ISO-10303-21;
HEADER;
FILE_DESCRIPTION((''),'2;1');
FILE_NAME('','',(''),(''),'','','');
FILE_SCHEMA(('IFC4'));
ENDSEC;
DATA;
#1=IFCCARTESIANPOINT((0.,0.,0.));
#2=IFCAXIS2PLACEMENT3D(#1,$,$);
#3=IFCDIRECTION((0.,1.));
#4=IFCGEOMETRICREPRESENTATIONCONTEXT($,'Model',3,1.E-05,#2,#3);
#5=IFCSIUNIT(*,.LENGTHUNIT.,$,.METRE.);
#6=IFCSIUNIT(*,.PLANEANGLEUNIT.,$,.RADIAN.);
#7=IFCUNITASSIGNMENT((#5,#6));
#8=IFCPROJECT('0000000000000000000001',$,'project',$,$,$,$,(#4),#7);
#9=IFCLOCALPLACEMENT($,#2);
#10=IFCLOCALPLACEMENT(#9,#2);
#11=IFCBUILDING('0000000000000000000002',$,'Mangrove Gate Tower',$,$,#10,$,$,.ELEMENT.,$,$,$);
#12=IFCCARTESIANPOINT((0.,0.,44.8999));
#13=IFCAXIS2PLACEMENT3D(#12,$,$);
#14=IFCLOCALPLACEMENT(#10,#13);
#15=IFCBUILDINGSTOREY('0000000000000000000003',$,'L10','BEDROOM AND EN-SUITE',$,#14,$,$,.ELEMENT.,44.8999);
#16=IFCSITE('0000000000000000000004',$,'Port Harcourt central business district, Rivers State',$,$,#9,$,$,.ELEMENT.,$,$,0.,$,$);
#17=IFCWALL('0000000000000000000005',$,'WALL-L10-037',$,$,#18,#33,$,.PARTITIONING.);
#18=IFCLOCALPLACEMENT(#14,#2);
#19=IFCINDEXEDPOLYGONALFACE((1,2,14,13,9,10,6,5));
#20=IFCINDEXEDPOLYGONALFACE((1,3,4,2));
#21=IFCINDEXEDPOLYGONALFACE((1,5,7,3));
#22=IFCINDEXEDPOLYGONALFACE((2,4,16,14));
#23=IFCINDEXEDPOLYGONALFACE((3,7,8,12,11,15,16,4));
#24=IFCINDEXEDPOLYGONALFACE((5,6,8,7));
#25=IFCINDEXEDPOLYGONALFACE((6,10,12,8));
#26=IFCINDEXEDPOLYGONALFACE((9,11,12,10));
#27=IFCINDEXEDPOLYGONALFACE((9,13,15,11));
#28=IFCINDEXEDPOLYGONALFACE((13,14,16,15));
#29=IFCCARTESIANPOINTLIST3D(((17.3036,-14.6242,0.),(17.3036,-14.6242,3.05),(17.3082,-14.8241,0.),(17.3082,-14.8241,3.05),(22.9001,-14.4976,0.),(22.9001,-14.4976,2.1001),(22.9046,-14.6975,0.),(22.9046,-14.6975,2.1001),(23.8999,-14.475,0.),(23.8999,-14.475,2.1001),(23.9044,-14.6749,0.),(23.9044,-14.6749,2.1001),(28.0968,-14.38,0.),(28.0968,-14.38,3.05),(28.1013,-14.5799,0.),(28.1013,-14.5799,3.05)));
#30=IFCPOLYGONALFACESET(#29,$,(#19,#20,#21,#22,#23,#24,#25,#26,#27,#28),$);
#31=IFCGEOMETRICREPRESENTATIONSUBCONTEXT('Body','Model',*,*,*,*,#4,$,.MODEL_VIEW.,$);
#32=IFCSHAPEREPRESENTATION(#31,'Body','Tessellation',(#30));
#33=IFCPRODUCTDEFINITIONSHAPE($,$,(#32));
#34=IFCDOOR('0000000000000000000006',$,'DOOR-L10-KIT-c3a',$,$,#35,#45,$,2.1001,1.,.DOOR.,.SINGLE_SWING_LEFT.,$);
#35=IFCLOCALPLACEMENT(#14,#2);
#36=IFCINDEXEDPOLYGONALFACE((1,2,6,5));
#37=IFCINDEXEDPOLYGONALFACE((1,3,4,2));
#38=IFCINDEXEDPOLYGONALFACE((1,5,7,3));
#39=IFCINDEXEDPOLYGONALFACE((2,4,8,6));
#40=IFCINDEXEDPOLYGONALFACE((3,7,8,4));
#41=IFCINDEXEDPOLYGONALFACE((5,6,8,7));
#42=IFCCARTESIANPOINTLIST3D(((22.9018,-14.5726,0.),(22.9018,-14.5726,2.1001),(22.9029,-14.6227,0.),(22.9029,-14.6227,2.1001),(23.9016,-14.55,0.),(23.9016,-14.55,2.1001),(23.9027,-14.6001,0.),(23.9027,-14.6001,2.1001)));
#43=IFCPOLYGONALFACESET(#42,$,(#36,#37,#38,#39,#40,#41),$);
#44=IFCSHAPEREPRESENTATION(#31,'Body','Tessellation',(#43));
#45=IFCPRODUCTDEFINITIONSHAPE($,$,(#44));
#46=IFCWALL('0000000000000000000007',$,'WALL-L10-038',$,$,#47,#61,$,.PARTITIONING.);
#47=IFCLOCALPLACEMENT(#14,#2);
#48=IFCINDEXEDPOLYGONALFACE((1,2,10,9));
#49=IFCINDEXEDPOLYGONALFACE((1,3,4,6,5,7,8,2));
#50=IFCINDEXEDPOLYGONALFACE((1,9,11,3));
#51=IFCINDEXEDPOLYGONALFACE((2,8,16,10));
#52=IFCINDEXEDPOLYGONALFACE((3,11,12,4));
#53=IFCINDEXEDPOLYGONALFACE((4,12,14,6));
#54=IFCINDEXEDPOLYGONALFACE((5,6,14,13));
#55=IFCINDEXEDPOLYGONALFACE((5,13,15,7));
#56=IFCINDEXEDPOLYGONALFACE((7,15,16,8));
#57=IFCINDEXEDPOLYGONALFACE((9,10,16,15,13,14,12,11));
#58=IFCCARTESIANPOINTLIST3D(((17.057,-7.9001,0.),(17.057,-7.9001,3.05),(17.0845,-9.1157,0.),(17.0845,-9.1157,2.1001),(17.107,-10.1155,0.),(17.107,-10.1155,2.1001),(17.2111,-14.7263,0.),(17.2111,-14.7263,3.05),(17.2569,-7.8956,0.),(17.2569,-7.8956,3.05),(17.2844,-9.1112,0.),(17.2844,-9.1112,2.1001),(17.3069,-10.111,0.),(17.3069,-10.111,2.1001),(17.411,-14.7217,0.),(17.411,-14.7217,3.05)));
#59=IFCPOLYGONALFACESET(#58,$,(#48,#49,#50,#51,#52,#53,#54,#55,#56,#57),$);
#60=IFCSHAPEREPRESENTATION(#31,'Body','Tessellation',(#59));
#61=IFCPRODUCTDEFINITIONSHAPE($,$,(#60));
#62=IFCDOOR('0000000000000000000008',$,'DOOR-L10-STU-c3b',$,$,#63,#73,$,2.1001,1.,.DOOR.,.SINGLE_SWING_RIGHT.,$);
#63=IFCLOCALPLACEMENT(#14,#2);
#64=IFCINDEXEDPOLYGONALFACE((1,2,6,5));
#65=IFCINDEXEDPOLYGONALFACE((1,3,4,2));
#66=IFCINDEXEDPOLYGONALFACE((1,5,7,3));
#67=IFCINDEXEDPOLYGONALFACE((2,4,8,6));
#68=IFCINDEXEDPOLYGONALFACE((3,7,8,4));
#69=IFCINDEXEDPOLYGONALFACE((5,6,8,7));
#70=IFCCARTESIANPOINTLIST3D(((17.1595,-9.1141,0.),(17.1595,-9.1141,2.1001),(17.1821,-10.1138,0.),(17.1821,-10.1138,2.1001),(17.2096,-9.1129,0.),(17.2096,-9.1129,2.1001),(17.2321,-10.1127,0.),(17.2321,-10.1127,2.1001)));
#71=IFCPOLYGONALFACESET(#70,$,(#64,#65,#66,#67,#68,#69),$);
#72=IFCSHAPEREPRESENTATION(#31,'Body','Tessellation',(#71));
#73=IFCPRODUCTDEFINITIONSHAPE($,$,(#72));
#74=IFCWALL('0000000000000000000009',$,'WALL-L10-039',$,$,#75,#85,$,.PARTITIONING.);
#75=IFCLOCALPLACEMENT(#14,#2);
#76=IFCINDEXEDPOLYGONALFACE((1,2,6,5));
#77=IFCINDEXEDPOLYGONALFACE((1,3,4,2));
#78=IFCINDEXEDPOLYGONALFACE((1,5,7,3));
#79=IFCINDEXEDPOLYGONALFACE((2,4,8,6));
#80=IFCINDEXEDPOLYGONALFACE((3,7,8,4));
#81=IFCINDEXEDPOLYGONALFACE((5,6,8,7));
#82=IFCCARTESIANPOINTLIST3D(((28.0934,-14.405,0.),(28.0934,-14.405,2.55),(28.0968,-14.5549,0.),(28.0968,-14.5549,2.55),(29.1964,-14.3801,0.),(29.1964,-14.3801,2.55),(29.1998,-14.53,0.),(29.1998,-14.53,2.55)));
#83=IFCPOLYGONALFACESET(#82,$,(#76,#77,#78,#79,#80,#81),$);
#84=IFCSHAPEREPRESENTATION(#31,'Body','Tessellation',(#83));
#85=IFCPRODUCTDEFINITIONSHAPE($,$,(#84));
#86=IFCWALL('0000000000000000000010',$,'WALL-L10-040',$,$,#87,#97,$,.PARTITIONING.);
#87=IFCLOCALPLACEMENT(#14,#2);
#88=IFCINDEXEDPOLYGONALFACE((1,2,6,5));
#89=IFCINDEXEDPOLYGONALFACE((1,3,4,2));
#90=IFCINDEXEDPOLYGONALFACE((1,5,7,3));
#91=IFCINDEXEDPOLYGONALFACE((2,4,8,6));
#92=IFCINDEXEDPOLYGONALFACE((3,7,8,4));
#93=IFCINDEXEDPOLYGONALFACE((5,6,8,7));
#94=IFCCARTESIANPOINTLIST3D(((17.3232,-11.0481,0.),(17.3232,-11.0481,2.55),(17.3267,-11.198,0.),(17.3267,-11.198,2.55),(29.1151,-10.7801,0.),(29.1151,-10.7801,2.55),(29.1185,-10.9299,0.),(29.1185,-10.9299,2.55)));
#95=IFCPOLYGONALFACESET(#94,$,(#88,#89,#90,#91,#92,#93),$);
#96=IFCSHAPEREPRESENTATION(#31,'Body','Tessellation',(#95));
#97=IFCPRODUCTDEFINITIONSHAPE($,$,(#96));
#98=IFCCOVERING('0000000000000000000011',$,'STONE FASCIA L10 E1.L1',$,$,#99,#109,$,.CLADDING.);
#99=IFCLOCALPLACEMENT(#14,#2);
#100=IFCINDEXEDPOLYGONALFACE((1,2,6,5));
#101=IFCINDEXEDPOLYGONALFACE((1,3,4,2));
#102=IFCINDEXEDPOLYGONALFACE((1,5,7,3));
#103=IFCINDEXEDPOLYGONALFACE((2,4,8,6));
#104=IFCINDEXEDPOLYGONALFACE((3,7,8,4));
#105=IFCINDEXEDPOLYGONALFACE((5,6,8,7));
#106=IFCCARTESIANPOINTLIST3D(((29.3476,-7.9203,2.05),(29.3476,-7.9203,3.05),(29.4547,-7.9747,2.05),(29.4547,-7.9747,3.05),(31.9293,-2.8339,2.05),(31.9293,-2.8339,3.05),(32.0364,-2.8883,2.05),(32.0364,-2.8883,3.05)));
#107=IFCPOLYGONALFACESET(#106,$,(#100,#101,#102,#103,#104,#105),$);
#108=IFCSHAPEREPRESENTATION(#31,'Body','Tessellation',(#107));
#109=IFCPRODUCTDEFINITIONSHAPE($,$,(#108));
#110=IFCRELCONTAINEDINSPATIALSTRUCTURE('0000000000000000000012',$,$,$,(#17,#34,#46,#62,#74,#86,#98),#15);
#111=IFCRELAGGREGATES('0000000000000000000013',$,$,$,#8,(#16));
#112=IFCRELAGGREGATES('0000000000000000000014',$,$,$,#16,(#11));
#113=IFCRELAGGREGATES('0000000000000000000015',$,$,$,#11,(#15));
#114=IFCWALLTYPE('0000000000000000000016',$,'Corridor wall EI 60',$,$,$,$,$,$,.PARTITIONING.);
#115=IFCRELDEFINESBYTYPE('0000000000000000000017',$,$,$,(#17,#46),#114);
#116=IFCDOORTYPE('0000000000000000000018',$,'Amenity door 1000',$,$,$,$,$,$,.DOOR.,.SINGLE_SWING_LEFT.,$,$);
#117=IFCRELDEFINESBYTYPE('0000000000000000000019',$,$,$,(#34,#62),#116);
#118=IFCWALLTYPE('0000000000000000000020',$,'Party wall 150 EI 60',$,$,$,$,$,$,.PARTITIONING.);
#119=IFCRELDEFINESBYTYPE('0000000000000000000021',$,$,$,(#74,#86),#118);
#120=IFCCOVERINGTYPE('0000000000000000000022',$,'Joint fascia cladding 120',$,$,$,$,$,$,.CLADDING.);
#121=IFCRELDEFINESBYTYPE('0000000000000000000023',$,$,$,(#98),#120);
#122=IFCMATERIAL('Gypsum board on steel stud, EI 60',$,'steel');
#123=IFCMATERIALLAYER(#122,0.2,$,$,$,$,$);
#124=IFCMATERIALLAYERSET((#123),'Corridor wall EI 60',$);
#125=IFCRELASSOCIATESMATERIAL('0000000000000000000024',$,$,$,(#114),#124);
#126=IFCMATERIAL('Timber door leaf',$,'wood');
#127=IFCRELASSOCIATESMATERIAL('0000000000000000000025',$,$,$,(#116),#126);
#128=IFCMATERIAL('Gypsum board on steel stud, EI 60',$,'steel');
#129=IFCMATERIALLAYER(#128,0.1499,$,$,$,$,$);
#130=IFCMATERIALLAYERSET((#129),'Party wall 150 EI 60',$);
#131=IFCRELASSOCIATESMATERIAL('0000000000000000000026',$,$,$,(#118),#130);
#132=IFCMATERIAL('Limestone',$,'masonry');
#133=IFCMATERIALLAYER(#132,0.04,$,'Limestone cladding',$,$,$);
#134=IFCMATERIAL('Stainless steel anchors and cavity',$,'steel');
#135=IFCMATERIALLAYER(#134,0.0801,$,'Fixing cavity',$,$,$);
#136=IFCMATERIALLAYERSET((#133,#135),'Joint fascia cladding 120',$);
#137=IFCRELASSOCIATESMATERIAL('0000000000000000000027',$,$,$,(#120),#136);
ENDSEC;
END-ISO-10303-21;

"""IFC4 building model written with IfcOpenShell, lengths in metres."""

from ifc_helpers import new_model, si_unit, direction, frame, frame_2d, origin, place, context, subcontext, project, spatial, rectangle, extrude, material, layer, layer_set, type_object, element, fill, save


model = new_model("IFC4")

# Units and contexts
model_context = context("Model", 3, precision=1e-05, world=origin(), true_north=direction((0.0, 1.0)))
body_context = subcontext(model_context, "Body", "Model", "MODEL_VIEW")
ifc_project = project(units=[si_unit("LENGTHUNIT", "METRE"), si_unit("PLANEANGLEUNIT", "RADIAN")], contexts=[model_context])

# Site, building, storey
site_placement = place(None, origin())
site = spatial("IfcSite", under=ifc_project, at=site_placement, Name="Port Harcourt central business district, Rivers State", CompositionType="ELEMENT", RefElevation=0.0)
building_placement = place(site_placement, origin())
building = spatial("IfcBuilding", under=site, at=building_placement, Name="Mangrove Gate Tower", CompositionType="ELEMENT")
storey_placement = place(building_placement, frame((0.0, 0.0, 44.8999)))
storey = spatial("IfcBuildingStorey", under=building, at=storey_placement, Name="L10", Description="BEDROOM AND EN-SUITE", CompositionType="ELEMENT", Elevation=44.8999)

# Shared definitions
ifc_material_1 = material(Name="Gypsum board on steel stud, EI 60", Category="steel")
ifc_layer_1 = layer(ifc_material_1, 0.2)
ifc_layer_set_1 = layer_set([ifc_layer_1], Name="Corridor wall EI 60")
wall_type_1 = type_object("IfcWallType", Name="Corridor wall EI 60", PredefinedType="PARTITIONING", material=ifc_layer_set_1)

# Walls, openings, doors
wall_1_placement = place(storey_placement, frame((17.3059, -14.7241, 0.0), z_axis=(0.0, 0.0, 1.0), x_axis=(0.999744, 0.022614, 0.0)))
wall_1 = element("IfcWall", 1, at=wall_1_placement, inside=storey, type_object=wall_type_1, Name="WALL-L10-037", PredefinedType="PARTITIONING", context=body_context, shape_type="SweptSolid", body=[
    extrude(rectangle(XDim=10.7959, YDim=0.2, at=frame_2d((5.3979, 0.0))), origin(), (0.0, 0.0, 1.0), 3.05),
])
opening_1_placement = place(wall_1_placement, frame((5.5979, 0.0, 0.0)))
opening_1 = element("IfcOpeningElement", 2, at=opening_1_placement, cuts=wall_1, PredefinedType="OPENING", context=body_context, shape_type="SweptSolid", body=[
    extrude(rectangle(XDim=1.0, YDim=2.1001, at=frame_2d((0.5, 1.05))), frame((0.0, 0.1099, 0.0), z_axis=(0.0, -1.0, 0.0), x_axis=(1.0, 0.0, 0.0)), (0.0, 0.0, 1.0), 0.22),
])
ifc_material_2 = material(Name="Timber door leaf", Category="wood")
door_type = type_object("IfcDoorType", Name="Amenity door 1000", OperationType="SINGLE_SWING_LEFT", PredefinedType="DOOR", material=ifc_material_2)
door_1_placement = place(opening_1_placement, origin())
door_1 = element("IfcDoor", 3, at=door_1_placement, inside=storey, type_object=door_type, Name="DOOR-L10-KIT-c3a", OperationType="SINGLE_SWING_LEFT", OverallHeight=2.1001, OverallWidth=1.0, PredefinedType="DOOR", context=body_context, shape_type="SweptSolid", body=[
    extrude(rectangle(XDim=1.0, YDim=2.1001, at=frame_2d((0.5, 1.05))), frame((0.0, 0.0249, 0.0), z_axis=(0.0, -1.0, 0.0), x_axis=(1.0, 0.0, 0.0)), (0.0, 0.0, 1.0), 0.05),
])
fill(opening_1, door_1)
wall_2_placement = place(storey_placement, frame((17.311, -14.7241, 0.0), z_axis=(0.0, 0.0, 1.0), x_axis=(-0.022562, 0.999745, 0.0)))
wall_2 = element("IfcWall", 4, at=wall_2_placement, inside=storey, type_object=wall_type_1, Name="WALL-L10-038", PredefinedType="PARTITIONING", context=body_context, shape_type="SweptSolid", body=[
    extrude(rectangle(XDim=6.8279, YDim=0.2, at=frame_2d((3.4141, 0.0))), origin(), (0.0, 0.0, 1.0), 3.05),
])
opening_2_placement = place(wall_2_placement, frame((4.6121, 0.0, 0.0)))
opening_2 = element("IfcOpeningElement", 5, at=opening_2_placement, cuts=wall_2, PredefinedType="OPENING", context=body_context, shape_type="SweptSolid", body=[
    extrude(rectangle(XDim=1.0, YDim=2.1001, at=frame_2d((0.5, 1.05))), frame((0.0, 0.1099, 0.0), z_axis=(0.0, -1.0, 0.0), x_axis=(1.0, 0.0, 0.0)), (0.0, 0.0, 1.0), 0.22),
])
door_2_placement = place(opening_2_placement, origin())
door_2 = element("IfcDoor", 6, at=door_2_placement, inside=storey, type_object=door_type, Name="DOOR-L10-STU-c3b", OperationType="SINGLE_SWING_RIGHT", OverallHeight=2.1001, OverallWidth=1.0, PredefinedType="DOOR", context=body_context, shape_type="SweptSolid", body=[
    extrude(rectangle(XDim=1.0, YDim=2.1001, at=frame_2d((0.5, 1.05))), frame((0.0, 0.0249, 0.0), z_axis=(0.0, -1.0, 0.0), x_axis=(1.0, 0.0, 0.0)), (0.0, 0.0, 1.0), 0.05),
])
fill(opening_2, door_2)

# Walls
ifc_material_3 = material(Name="Gypsum board on steel stud, EI 60", Category="steel")
ifc_layer_2 = layer(ifc_material_3, 0.1499)
ifc_layer_set_2 = layer_set([ifc_layer_2], Name="Party wall 150 EI 60")
wall_type_2 = type_object("IfcWallType", Name="Party wall 150 EI 60", PredefinedType="PARTITIONING", material=ifc_layer_set_2)
wall_3_placement = place(storey_placement, frame((28.095, -14.48, 0.0), z_axis=(0.0, 0.0, 1.0), x_axis=(0.999745, 0.022571, 0.0)))
element("IfcWall", 7, at=wall_3_placement, inside=storey, type_object=wall_type_2, Name="WALL-L10-039", PredefinedType="PARTITIONING", context=body_context, shape_type="SweptSolid", body=[
    extrude(rectangle(XDim=1.1033, YDim=0.1499, at=frame_2d((0.5518, 0.0))), origin(), (0.0, 0.0, 1.0), 2.55),
])
wall_4_placement = place(storey_placement, frame((17.325, -11.123, 0.0), z_axis=(0.0, 0.0, 1.0), x_axis=(0.999742, 0.022727, 0.0)))
element("IfcWall", 8, at=wall_4_placement, inside=storey, type_object=wall_type_2, Name="WALL-L10-040", PredefinedType="PARTITIONING", context=body_context, shape_type="SweptSolid", body=[
    extrude(rectangle(XDim=11.7949, YDim=0.1499, at=frame_2d((5.8975, 0.0))), origin(), (0.0, 0.0, 1.0), 2.55),
])

# Covering
ifc_material_4 = material(Name="Limestone", Category="masonry")
ifc_layer_3 = layer(ifc_material_4, 0.04, Name="Limestone cladding")
ifc_material_5 = material(Name="Stainless steel anchors and cavity", Category="steel")
ifc_layer_4 = layer(ifc_material_5, 0.0801, Name="Fixing cavity")
ifc_layer_set_3 = layer_set([ifc_layer_3, ifc_layer_4], Name="Joint fascia cladding 120")
covering_type = type_object("IfcCoveringType", Name="Joint fascia cladding 120", PredefinedType="CLADDING", material=ifc_layer_set_3)
covering_placement = place(storey_placement, frame((29.4011, -7.9475, 2.05), z_axis=(0.0, 0.0, 1.0), x_axis=(0.452615, 0.891706, 0.0)))
element("IfcCovering", 9, at=covering_placement, inside=storey, type_object=covering_type, Name="STONE FASCIA L10 E1.L1", PredefinedType="CLADDING", context=body_context, shape_type="SweptSolid", body=[
    extrude(rectangle(XDim=5.7041, YDim=0.1201, at=frame_2d((2.8521, 0.0))), origin(), (0.0, 0.0, 1.0), 1.0),
])

save(model, "model.ifc")
